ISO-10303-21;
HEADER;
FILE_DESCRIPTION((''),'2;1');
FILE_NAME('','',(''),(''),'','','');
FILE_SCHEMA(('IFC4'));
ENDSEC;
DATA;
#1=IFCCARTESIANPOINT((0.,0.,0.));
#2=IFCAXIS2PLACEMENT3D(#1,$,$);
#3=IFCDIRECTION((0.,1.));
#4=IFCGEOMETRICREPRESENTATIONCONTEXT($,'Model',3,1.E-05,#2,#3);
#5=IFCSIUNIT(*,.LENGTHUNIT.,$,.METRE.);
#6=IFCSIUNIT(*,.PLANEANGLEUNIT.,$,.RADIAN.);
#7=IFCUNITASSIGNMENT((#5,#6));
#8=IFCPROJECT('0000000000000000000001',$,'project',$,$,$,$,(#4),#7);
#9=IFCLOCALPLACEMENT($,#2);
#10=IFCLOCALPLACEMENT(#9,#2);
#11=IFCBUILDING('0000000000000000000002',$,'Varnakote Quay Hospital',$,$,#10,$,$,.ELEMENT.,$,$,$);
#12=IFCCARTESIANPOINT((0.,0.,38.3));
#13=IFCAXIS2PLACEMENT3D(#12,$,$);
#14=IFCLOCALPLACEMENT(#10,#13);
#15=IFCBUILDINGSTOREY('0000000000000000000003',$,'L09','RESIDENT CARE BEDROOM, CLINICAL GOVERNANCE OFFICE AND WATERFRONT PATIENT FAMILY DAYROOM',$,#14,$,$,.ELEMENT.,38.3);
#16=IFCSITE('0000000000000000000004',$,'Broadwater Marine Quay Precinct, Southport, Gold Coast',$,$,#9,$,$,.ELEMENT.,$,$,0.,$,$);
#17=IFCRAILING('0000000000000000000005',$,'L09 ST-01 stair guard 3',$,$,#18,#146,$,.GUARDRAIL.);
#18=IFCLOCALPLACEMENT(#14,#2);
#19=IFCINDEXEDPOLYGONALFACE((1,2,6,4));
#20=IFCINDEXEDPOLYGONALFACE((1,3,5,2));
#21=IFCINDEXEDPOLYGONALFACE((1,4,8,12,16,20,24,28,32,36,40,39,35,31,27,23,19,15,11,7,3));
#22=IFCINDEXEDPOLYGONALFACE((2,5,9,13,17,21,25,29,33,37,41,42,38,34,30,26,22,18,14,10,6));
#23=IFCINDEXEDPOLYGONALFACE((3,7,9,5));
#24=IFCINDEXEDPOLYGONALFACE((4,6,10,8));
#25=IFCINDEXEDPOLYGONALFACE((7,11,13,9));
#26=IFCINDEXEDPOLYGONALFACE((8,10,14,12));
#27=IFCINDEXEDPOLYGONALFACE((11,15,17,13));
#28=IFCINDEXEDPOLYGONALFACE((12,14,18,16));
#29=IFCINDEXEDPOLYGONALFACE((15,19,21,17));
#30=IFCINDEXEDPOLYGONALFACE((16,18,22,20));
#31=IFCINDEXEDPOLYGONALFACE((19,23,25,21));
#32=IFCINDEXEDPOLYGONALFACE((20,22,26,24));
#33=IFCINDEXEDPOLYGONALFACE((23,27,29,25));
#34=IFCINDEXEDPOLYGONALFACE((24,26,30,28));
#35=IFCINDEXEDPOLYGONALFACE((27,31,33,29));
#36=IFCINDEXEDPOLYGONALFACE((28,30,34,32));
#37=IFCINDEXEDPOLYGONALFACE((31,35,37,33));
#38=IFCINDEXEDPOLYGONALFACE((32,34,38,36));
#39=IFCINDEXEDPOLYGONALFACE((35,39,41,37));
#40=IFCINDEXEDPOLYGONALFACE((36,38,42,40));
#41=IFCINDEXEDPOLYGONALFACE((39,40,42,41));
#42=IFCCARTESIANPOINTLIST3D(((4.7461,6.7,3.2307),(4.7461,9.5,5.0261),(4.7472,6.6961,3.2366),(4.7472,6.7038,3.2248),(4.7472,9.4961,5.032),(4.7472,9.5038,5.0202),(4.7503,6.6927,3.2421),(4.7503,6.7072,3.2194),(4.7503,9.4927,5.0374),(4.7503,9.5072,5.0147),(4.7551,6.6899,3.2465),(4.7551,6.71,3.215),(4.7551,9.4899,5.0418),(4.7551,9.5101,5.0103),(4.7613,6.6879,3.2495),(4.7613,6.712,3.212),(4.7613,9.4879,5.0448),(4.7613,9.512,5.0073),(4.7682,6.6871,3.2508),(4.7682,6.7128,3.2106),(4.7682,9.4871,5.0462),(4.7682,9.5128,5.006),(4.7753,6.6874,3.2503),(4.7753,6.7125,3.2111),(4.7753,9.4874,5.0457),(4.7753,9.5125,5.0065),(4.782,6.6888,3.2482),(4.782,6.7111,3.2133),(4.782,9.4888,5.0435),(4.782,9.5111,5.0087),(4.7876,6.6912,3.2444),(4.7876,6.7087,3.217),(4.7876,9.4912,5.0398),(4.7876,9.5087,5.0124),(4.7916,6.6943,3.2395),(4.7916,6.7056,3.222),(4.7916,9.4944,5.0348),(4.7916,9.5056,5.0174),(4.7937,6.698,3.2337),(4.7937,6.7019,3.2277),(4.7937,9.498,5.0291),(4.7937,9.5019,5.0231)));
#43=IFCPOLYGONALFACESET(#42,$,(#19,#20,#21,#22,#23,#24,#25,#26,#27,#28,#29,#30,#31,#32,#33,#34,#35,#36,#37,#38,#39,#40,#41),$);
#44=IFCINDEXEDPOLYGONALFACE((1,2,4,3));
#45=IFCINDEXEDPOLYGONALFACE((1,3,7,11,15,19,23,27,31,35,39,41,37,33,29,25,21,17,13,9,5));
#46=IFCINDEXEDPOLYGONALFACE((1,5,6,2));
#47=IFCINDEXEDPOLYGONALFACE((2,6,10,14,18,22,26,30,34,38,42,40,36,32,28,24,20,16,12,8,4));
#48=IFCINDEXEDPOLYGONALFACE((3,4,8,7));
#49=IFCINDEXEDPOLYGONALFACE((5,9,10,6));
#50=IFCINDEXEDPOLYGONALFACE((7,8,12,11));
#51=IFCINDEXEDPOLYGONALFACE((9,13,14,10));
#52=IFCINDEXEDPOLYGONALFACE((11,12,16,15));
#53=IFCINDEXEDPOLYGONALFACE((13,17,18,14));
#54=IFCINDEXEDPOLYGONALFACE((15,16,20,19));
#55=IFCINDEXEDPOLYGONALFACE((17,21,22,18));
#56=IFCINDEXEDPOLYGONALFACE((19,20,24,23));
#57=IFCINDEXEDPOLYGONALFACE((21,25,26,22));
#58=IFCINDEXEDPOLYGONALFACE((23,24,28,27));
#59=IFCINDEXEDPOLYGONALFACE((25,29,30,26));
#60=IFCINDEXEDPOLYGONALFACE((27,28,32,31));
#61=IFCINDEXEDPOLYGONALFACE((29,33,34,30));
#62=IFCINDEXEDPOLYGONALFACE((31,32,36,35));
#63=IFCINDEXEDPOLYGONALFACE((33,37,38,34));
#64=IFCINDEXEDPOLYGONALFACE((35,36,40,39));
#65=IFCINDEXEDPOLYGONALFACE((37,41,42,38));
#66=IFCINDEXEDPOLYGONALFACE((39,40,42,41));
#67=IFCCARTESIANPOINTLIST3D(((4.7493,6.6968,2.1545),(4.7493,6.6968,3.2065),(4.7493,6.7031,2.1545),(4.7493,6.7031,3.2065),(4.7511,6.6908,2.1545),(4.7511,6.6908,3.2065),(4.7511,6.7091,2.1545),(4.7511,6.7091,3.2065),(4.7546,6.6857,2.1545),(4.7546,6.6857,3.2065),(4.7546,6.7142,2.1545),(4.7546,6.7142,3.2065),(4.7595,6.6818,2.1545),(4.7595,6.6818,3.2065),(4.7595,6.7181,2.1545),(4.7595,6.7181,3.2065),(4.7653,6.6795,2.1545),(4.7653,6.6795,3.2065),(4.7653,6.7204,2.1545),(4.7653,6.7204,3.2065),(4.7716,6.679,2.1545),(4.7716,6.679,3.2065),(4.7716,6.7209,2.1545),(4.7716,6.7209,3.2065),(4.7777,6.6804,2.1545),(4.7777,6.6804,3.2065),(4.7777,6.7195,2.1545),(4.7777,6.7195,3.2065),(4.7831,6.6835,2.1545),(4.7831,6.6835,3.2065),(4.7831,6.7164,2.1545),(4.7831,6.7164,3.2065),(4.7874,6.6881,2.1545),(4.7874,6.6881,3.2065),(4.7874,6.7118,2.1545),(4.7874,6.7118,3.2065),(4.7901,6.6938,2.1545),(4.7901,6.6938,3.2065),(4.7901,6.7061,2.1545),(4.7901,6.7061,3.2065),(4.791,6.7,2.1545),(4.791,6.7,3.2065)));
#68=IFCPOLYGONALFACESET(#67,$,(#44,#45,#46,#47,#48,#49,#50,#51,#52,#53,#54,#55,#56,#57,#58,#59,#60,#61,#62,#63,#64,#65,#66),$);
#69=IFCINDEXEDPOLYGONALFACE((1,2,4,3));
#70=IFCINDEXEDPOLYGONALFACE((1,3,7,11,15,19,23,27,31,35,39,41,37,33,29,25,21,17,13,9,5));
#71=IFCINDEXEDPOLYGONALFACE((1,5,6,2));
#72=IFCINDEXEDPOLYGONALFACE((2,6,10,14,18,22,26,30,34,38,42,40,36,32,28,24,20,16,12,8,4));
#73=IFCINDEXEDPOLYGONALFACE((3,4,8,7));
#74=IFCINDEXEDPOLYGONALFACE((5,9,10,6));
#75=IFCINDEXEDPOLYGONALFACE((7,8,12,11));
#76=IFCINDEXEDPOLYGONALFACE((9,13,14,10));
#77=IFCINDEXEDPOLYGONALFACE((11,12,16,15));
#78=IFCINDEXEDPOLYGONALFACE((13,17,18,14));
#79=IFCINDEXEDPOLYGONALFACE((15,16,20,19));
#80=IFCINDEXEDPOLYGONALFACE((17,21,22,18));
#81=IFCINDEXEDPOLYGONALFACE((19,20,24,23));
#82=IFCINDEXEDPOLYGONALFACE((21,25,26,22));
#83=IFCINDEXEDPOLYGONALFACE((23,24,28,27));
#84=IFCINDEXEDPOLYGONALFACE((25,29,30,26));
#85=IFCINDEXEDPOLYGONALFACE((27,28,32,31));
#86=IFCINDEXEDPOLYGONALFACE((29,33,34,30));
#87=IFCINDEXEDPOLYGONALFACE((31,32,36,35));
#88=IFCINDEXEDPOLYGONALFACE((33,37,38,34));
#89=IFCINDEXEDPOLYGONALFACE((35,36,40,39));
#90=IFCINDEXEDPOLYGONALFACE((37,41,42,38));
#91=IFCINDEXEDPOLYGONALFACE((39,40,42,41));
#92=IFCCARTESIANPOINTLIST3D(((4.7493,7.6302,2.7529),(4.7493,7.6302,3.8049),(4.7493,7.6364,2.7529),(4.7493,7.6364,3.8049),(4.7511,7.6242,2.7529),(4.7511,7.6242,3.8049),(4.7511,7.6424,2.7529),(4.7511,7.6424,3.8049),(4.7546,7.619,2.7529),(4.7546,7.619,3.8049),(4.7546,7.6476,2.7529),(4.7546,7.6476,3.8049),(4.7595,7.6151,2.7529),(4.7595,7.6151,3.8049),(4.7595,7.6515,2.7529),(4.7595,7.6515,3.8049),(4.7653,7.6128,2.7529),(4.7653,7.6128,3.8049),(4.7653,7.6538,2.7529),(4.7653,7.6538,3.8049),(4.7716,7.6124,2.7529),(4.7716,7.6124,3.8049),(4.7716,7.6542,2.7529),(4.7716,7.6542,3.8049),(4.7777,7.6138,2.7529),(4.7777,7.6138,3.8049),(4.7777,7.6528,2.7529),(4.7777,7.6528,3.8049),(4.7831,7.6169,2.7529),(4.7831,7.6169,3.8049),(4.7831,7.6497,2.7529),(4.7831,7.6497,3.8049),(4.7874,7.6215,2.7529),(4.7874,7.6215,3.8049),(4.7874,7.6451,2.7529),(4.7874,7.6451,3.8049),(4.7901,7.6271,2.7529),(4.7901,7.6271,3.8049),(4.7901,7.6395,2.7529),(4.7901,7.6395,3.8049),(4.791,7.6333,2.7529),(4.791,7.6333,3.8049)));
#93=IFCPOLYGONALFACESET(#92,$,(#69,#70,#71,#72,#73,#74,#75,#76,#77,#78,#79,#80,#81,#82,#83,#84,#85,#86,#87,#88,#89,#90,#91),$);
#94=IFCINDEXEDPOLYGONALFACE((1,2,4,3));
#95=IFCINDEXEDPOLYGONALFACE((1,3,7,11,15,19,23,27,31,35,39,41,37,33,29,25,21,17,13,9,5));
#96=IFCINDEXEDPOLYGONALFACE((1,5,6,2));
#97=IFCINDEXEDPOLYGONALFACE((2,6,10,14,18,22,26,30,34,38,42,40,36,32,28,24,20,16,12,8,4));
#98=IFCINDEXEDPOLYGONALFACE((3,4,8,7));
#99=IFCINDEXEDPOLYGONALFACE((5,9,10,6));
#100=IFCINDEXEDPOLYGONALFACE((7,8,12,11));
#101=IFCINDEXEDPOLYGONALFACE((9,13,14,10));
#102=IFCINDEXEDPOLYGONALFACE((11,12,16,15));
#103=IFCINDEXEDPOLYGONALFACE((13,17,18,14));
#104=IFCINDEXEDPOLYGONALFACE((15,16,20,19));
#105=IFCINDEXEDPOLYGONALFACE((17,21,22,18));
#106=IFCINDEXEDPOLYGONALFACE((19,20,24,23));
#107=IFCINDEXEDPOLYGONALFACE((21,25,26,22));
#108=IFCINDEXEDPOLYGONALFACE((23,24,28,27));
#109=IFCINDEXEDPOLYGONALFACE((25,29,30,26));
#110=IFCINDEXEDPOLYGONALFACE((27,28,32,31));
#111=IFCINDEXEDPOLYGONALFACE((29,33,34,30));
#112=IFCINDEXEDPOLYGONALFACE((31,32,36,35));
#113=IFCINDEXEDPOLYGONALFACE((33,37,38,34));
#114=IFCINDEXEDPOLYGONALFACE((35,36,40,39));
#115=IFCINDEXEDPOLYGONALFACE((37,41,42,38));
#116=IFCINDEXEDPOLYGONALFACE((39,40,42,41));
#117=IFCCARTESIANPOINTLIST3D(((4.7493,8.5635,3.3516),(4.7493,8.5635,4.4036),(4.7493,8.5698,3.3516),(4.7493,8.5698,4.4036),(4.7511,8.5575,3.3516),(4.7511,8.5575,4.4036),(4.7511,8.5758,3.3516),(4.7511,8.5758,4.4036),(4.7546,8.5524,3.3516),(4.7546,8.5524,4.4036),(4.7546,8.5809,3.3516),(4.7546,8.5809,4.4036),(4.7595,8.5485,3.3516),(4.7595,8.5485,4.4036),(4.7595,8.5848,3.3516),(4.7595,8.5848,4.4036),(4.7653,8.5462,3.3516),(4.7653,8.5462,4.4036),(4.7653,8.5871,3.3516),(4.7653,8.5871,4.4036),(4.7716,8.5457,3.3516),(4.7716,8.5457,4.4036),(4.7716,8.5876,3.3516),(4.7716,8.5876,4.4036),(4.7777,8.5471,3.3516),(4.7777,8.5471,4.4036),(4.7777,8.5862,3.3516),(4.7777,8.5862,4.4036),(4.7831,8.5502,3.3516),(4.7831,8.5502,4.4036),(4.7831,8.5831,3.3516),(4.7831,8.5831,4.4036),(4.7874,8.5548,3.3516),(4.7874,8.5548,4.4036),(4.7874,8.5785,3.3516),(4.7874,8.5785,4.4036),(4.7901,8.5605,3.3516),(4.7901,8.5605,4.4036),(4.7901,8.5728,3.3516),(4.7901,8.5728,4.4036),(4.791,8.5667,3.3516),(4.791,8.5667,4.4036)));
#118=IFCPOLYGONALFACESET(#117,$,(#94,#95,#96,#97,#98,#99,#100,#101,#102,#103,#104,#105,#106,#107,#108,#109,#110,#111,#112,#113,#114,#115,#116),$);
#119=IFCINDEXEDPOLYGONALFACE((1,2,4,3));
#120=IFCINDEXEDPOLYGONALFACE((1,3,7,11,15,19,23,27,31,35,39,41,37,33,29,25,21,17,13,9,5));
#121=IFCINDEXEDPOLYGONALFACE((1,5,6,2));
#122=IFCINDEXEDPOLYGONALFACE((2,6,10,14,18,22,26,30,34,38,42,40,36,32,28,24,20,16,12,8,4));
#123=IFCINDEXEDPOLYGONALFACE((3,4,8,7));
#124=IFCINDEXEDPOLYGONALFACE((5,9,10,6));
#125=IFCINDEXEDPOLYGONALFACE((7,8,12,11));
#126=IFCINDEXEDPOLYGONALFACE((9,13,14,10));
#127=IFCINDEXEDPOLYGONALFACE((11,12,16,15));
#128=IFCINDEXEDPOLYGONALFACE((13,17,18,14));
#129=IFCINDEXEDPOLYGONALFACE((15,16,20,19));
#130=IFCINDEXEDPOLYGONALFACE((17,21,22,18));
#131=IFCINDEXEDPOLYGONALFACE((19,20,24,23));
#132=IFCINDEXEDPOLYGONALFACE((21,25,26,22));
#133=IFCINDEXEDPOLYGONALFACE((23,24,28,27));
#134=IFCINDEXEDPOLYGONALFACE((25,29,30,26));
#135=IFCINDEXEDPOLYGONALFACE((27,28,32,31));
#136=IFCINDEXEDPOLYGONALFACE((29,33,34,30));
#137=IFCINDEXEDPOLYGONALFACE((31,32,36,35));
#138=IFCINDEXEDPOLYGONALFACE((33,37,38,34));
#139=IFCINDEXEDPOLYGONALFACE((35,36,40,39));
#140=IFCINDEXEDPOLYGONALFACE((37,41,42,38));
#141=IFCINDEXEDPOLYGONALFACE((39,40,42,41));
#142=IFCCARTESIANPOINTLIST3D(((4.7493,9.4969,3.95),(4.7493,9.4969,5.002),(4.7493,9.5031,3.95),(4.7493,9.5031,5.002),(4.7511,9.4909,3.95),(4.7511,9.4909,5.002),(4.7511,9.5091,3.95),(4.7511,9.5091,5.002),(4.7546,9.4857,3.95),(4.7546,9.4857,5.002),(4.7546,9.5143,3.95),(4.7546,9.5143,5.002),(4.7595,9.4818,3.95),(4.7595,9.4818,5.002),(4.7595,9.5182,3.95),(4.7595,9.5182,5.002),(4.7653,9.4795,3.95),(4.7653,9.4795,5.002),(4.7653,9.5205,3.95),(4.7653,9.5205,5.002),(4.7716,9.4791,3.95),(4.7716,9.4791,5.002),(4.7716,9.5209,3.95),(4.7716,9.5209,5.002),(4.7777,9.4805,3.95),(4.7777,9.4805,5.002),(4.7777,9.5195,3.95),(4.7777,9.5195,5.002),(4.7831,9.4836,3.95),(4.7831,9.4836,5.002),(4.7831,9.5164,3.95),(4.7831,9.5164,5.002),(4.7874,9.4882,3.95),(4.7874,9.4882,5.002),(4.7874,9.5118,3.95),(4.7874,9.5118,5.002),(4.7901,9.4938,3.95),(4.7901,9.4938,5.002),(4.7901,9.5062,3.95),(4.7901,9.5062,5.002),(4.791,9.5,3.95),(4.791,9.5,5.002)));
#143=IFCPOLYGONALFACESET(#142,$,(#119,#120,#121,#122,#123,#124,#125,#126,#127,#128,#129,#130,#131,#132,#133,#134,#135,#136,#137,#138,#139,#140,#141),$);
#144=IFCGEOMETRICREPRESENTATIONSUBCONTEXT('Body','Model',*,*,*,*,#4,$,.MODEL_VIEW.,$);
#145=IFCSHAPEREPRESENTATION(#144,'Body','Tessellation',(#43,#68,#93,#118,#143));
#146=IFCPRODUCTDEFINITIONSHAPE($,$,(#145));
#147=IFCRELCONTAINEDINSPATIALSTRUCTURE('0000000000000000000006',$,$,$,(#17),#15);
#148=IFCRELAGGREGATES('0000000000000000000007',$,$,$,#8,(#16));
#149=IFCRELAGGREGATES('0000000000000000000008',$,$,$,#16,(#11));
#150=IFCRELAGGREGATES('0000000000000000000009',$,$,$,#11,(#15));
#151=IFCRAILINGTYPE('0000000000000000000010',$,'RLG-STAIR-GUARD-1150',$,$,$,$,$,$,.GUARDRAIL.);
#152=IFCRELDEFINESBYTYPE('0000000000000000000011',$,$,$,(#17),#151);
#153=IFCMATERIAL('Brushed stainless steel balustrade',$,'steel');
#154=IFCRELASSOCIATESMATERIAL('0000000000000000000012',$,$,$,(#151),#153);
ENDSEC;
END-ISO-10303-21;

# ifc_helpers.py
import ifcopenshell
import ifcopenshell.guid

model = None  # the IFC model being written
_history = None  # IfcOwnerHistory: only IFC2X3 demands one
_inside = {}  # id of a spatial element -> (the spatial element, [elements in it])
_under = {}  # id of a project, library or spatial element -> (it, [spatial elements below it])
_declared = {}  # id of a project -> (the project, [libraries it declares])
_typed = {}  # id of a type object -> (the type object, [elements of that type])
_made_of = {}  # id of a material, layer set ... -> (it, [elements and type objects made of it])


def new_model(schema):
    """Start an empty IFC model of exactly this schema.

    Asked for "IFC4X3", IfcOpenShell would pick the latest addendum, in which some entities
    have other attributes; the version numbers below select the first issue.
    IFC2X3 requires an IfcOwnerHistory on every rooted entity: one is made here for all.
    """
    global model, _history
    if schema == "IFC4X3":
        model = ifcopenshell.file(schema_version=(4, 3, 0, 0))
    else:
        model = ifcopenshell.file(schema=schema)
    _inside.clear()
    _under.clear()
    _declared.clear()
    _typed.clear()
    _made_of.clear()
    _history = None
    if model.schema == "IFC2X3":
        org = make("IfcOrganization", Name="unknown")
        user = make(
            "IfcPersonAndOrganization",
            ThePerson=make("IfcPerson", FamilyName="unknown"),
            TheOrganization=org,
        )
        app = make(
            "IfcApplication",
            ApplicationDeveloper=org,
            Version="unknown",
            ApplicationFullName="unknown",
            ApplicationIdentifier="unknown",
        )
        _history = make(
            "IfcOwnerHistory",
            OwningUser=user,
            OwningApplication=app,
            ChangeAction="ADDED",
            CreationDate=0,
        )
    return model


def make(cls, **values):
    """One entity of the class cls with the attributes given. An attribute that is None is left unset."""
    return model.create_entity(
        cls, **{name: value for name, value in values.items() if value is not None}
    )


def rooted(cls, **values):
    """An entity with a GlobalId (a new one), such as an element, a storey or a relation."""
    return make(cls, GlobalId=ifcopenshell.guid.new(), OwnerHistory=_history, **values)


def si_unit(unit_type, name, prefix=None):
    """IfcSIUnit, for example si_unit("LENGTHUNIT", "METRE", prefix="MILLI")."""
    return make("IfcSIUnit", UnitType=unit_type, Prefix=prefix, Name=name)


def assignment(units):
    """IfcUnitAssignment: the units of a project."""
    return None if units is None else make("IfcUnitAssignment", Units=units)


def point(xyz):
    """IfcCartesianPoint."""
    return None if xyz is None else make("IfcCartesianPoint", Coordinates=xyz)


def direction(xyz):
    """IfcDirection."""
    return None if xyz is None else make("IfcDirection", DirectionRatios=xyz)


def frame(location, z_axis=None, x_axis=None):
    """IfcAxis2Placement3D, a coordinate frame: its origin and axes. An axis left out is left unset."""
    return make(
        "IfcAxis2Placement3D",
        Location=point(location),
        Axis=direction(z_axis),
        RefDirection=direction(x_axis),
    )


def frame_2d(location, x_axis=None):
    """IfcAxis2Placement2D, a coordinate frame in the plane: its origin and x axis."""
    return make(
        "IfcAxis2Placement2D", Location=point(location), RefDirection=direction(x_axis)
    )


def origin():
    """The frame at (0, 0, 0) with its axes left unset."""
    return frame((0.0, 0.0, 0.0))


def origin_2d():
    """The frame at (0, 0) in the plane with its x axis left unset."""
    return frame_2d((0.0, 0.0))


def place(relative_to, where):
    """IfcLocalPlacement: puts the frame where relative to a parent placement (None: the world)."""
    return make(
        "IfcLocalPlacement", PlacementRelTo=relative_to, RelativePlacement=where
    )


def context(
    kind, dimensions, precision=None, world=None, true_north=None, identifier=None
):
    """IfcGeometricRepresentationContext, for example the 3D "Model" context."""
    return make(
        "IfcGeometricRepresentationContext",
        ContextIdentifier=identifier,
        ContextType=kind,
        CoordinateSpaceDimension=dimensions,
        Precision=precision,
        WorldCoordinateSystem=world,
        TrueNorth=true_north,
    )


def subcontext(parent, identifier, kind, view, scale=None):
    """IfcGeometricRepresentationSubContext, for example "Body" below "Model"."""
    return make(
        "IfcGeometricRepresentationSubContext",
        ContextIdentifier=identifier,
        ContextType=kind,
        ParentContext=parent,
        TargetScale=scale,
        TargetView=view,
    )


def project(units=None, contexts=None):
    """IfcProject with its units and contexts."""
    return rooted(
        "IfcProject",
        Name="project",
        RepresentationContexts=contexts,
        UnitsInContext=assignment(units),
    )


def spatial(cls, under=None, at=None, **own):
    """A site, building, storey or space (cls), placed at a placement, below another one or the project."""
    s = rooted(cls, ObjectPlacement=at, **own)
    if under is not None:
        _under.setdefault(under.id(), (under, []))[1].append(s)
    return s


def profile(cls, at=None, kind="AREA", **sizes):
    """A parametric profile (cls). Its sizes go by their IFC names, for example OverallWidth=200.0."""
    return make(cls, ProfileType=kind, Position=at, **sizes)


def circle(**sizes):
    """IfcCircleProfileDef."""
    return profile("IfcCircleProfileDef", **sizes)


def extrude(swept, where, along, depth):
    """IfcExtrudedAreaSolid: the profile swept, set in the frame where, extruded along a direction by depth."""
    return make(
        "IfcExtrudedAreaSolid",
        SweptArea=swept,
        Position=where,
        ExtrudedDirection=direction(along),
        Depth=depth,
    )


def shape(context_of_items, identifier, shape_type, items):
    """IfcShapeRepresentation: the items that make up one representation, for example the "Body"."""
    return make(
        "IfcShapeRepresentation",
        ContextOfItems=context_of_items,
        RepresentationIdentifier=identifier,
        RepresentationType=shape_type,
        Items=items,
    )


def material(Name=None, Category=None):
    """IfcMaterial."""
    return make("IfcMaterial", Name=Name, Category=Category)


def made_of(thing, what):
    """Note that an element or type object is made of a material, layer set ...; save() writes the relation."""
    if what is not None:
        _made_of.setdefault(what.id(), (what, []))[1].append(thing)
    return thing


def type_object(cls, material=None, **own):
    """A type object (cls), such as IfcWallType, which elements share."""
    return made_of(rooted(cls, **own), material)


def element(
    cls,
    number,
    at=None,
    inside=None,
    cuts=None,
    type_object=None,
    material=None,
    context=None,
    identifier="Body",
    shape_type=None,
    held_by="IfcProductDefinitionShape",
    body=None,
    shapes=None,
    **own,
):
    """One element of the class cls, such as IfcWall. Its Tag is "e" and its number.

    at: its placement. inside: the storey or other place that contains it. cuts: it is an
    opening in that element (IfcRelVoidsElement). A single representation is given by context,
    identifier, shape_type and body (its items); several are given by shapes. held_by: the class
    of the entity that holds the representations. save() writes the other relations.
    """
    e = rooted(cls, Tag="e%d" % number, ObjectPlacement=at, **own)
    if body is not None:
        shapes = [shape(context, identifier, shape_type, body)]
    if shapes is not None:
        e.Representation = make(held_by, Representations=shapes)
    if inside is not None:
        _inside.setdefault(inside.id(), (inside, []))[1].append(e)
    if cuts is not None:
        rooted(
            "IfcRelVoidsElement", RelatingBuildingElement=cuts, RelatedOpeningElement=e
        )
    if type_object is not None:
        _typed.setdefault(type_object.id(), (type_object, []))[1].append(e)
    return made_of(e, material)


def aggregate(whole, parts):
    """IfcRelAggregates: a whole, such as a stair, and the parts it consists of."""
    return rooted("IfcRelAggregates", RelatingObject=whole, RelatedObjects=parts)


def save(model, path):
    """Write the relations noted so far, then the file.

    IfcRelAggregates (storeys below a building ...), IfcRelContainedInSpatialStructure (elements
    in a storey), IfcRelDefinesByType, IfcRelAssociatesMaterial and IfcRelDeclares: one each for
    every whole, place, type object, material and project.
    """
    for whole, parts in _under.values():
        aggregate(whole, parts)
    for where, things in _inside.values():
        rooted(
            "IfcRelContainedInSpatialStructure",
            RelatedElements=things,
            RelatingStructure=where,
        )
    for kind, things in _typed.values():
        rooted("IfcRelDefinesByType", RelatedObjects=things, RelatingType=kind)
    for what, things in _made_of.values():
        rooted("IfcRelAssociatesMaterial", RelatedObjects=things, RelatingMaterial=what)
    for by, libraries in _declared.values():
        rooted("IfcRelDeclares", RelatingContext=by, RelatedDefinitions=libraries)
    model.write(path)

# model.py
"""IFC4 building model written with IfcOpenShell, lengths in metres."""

from ifc_helpers import new_model, si_unit, direction, frame, origin, origin_2d, place, context, subcontext, project, spatial, circle, extrude, material, type_object, element, save


model = new_model("IFC4")

# Units and contexts
model_context = context("Model", 3, precision=1e-05, world=origin(), true_north=direction((0.0, 1.0)))
body_context = subcontext(model_context, "Body", "Model", "MODEL_VIEW")
ifc_project = project(units=[si_unit("LENGTHUNIT", "METRE"), si_unit("PLANEANGLEUNIT", "RADIAN")], contexts=[model_context])

# Site, building, storey
site_placement = place(None, origin())
site = spatial("IfcSite", under=ifc_project, at=site_placement, Name="Broadwater Marine Quay Precinct, Southport, Gold Coast", CompositionType="ELEMENT", RefElevation=0.0)
building_placement = place(site_placement, origin())
building = spatial("IfcBuilding", under=site, at=building_placement, Name="Varnakote Quay Hospital", CompositionType="ELEMENT")
storey_placement = place(building_placement, frame((0.0, 0.0, 38.3)))
storey = spatial("IfcBuildingStorey", under=building, at=storey_placement, Name="L09", Description="RESIDENT CARE BEDROOM, CLINICAL GOVERNANCE OFFICE AND WATERFRONT PATIENT FAMILY DAYROOM", CompositionType="ELEMENT", Elevation=38.3)

# Railing
ifc_material_1 = material(Name="Brushed stainless steel balustrade", Category="steel")
railing_type_1 = type_object("IfcRailingType", Name="RLG-STAIR-GUARD-1150", PredefinedType="GUARDRAIL", material=ifc_material_1)
railing_1_placement = place(storey_placement, frame((4.77, 6.7, 2.1545)))
element("IfcRailing", 1, at=railing_1_placement, inside=storey, type_object=railing_type_1, Name="L09 ST-01 stair guard 3", PredefinedType="GUARDRAIL", context=body_context, shape_type="SweptSolid", body=[
    extrude(circle(Radius=0.0239, at=origin_2d()), frame((0.0, 0.0, 1.0762), z_axis=(0.0, 0.84181, 0.539774), x_axis=(-1.0, 0.0, 0.0)), (0.0, 0.0, 1.0), 3.3262),
    extrude(circle(Radius=0.021, at=origin_2d()), origin(), (0.0, 0.0, 1.0), 1.052),
    extrude(circle(Radius=0.021, at=origin_2d()), frame((0.0, 0.9333, 0.5984)), (0.0, 0.0, 1.0), 1.052),
    extrude(circle(Radius=0.021, at=origin_2d()), frame((0.0, 1.8667, 1.197)), (0.0, 0.0, 1.0), 1.052),
    extrude(circle(Radius=0.021, at=origin_2d()), frame((0.0, 2.8, 1.7954)), (0.0, 0.0, 1.0), 1.052),
])

save(model, "model.ifc")
